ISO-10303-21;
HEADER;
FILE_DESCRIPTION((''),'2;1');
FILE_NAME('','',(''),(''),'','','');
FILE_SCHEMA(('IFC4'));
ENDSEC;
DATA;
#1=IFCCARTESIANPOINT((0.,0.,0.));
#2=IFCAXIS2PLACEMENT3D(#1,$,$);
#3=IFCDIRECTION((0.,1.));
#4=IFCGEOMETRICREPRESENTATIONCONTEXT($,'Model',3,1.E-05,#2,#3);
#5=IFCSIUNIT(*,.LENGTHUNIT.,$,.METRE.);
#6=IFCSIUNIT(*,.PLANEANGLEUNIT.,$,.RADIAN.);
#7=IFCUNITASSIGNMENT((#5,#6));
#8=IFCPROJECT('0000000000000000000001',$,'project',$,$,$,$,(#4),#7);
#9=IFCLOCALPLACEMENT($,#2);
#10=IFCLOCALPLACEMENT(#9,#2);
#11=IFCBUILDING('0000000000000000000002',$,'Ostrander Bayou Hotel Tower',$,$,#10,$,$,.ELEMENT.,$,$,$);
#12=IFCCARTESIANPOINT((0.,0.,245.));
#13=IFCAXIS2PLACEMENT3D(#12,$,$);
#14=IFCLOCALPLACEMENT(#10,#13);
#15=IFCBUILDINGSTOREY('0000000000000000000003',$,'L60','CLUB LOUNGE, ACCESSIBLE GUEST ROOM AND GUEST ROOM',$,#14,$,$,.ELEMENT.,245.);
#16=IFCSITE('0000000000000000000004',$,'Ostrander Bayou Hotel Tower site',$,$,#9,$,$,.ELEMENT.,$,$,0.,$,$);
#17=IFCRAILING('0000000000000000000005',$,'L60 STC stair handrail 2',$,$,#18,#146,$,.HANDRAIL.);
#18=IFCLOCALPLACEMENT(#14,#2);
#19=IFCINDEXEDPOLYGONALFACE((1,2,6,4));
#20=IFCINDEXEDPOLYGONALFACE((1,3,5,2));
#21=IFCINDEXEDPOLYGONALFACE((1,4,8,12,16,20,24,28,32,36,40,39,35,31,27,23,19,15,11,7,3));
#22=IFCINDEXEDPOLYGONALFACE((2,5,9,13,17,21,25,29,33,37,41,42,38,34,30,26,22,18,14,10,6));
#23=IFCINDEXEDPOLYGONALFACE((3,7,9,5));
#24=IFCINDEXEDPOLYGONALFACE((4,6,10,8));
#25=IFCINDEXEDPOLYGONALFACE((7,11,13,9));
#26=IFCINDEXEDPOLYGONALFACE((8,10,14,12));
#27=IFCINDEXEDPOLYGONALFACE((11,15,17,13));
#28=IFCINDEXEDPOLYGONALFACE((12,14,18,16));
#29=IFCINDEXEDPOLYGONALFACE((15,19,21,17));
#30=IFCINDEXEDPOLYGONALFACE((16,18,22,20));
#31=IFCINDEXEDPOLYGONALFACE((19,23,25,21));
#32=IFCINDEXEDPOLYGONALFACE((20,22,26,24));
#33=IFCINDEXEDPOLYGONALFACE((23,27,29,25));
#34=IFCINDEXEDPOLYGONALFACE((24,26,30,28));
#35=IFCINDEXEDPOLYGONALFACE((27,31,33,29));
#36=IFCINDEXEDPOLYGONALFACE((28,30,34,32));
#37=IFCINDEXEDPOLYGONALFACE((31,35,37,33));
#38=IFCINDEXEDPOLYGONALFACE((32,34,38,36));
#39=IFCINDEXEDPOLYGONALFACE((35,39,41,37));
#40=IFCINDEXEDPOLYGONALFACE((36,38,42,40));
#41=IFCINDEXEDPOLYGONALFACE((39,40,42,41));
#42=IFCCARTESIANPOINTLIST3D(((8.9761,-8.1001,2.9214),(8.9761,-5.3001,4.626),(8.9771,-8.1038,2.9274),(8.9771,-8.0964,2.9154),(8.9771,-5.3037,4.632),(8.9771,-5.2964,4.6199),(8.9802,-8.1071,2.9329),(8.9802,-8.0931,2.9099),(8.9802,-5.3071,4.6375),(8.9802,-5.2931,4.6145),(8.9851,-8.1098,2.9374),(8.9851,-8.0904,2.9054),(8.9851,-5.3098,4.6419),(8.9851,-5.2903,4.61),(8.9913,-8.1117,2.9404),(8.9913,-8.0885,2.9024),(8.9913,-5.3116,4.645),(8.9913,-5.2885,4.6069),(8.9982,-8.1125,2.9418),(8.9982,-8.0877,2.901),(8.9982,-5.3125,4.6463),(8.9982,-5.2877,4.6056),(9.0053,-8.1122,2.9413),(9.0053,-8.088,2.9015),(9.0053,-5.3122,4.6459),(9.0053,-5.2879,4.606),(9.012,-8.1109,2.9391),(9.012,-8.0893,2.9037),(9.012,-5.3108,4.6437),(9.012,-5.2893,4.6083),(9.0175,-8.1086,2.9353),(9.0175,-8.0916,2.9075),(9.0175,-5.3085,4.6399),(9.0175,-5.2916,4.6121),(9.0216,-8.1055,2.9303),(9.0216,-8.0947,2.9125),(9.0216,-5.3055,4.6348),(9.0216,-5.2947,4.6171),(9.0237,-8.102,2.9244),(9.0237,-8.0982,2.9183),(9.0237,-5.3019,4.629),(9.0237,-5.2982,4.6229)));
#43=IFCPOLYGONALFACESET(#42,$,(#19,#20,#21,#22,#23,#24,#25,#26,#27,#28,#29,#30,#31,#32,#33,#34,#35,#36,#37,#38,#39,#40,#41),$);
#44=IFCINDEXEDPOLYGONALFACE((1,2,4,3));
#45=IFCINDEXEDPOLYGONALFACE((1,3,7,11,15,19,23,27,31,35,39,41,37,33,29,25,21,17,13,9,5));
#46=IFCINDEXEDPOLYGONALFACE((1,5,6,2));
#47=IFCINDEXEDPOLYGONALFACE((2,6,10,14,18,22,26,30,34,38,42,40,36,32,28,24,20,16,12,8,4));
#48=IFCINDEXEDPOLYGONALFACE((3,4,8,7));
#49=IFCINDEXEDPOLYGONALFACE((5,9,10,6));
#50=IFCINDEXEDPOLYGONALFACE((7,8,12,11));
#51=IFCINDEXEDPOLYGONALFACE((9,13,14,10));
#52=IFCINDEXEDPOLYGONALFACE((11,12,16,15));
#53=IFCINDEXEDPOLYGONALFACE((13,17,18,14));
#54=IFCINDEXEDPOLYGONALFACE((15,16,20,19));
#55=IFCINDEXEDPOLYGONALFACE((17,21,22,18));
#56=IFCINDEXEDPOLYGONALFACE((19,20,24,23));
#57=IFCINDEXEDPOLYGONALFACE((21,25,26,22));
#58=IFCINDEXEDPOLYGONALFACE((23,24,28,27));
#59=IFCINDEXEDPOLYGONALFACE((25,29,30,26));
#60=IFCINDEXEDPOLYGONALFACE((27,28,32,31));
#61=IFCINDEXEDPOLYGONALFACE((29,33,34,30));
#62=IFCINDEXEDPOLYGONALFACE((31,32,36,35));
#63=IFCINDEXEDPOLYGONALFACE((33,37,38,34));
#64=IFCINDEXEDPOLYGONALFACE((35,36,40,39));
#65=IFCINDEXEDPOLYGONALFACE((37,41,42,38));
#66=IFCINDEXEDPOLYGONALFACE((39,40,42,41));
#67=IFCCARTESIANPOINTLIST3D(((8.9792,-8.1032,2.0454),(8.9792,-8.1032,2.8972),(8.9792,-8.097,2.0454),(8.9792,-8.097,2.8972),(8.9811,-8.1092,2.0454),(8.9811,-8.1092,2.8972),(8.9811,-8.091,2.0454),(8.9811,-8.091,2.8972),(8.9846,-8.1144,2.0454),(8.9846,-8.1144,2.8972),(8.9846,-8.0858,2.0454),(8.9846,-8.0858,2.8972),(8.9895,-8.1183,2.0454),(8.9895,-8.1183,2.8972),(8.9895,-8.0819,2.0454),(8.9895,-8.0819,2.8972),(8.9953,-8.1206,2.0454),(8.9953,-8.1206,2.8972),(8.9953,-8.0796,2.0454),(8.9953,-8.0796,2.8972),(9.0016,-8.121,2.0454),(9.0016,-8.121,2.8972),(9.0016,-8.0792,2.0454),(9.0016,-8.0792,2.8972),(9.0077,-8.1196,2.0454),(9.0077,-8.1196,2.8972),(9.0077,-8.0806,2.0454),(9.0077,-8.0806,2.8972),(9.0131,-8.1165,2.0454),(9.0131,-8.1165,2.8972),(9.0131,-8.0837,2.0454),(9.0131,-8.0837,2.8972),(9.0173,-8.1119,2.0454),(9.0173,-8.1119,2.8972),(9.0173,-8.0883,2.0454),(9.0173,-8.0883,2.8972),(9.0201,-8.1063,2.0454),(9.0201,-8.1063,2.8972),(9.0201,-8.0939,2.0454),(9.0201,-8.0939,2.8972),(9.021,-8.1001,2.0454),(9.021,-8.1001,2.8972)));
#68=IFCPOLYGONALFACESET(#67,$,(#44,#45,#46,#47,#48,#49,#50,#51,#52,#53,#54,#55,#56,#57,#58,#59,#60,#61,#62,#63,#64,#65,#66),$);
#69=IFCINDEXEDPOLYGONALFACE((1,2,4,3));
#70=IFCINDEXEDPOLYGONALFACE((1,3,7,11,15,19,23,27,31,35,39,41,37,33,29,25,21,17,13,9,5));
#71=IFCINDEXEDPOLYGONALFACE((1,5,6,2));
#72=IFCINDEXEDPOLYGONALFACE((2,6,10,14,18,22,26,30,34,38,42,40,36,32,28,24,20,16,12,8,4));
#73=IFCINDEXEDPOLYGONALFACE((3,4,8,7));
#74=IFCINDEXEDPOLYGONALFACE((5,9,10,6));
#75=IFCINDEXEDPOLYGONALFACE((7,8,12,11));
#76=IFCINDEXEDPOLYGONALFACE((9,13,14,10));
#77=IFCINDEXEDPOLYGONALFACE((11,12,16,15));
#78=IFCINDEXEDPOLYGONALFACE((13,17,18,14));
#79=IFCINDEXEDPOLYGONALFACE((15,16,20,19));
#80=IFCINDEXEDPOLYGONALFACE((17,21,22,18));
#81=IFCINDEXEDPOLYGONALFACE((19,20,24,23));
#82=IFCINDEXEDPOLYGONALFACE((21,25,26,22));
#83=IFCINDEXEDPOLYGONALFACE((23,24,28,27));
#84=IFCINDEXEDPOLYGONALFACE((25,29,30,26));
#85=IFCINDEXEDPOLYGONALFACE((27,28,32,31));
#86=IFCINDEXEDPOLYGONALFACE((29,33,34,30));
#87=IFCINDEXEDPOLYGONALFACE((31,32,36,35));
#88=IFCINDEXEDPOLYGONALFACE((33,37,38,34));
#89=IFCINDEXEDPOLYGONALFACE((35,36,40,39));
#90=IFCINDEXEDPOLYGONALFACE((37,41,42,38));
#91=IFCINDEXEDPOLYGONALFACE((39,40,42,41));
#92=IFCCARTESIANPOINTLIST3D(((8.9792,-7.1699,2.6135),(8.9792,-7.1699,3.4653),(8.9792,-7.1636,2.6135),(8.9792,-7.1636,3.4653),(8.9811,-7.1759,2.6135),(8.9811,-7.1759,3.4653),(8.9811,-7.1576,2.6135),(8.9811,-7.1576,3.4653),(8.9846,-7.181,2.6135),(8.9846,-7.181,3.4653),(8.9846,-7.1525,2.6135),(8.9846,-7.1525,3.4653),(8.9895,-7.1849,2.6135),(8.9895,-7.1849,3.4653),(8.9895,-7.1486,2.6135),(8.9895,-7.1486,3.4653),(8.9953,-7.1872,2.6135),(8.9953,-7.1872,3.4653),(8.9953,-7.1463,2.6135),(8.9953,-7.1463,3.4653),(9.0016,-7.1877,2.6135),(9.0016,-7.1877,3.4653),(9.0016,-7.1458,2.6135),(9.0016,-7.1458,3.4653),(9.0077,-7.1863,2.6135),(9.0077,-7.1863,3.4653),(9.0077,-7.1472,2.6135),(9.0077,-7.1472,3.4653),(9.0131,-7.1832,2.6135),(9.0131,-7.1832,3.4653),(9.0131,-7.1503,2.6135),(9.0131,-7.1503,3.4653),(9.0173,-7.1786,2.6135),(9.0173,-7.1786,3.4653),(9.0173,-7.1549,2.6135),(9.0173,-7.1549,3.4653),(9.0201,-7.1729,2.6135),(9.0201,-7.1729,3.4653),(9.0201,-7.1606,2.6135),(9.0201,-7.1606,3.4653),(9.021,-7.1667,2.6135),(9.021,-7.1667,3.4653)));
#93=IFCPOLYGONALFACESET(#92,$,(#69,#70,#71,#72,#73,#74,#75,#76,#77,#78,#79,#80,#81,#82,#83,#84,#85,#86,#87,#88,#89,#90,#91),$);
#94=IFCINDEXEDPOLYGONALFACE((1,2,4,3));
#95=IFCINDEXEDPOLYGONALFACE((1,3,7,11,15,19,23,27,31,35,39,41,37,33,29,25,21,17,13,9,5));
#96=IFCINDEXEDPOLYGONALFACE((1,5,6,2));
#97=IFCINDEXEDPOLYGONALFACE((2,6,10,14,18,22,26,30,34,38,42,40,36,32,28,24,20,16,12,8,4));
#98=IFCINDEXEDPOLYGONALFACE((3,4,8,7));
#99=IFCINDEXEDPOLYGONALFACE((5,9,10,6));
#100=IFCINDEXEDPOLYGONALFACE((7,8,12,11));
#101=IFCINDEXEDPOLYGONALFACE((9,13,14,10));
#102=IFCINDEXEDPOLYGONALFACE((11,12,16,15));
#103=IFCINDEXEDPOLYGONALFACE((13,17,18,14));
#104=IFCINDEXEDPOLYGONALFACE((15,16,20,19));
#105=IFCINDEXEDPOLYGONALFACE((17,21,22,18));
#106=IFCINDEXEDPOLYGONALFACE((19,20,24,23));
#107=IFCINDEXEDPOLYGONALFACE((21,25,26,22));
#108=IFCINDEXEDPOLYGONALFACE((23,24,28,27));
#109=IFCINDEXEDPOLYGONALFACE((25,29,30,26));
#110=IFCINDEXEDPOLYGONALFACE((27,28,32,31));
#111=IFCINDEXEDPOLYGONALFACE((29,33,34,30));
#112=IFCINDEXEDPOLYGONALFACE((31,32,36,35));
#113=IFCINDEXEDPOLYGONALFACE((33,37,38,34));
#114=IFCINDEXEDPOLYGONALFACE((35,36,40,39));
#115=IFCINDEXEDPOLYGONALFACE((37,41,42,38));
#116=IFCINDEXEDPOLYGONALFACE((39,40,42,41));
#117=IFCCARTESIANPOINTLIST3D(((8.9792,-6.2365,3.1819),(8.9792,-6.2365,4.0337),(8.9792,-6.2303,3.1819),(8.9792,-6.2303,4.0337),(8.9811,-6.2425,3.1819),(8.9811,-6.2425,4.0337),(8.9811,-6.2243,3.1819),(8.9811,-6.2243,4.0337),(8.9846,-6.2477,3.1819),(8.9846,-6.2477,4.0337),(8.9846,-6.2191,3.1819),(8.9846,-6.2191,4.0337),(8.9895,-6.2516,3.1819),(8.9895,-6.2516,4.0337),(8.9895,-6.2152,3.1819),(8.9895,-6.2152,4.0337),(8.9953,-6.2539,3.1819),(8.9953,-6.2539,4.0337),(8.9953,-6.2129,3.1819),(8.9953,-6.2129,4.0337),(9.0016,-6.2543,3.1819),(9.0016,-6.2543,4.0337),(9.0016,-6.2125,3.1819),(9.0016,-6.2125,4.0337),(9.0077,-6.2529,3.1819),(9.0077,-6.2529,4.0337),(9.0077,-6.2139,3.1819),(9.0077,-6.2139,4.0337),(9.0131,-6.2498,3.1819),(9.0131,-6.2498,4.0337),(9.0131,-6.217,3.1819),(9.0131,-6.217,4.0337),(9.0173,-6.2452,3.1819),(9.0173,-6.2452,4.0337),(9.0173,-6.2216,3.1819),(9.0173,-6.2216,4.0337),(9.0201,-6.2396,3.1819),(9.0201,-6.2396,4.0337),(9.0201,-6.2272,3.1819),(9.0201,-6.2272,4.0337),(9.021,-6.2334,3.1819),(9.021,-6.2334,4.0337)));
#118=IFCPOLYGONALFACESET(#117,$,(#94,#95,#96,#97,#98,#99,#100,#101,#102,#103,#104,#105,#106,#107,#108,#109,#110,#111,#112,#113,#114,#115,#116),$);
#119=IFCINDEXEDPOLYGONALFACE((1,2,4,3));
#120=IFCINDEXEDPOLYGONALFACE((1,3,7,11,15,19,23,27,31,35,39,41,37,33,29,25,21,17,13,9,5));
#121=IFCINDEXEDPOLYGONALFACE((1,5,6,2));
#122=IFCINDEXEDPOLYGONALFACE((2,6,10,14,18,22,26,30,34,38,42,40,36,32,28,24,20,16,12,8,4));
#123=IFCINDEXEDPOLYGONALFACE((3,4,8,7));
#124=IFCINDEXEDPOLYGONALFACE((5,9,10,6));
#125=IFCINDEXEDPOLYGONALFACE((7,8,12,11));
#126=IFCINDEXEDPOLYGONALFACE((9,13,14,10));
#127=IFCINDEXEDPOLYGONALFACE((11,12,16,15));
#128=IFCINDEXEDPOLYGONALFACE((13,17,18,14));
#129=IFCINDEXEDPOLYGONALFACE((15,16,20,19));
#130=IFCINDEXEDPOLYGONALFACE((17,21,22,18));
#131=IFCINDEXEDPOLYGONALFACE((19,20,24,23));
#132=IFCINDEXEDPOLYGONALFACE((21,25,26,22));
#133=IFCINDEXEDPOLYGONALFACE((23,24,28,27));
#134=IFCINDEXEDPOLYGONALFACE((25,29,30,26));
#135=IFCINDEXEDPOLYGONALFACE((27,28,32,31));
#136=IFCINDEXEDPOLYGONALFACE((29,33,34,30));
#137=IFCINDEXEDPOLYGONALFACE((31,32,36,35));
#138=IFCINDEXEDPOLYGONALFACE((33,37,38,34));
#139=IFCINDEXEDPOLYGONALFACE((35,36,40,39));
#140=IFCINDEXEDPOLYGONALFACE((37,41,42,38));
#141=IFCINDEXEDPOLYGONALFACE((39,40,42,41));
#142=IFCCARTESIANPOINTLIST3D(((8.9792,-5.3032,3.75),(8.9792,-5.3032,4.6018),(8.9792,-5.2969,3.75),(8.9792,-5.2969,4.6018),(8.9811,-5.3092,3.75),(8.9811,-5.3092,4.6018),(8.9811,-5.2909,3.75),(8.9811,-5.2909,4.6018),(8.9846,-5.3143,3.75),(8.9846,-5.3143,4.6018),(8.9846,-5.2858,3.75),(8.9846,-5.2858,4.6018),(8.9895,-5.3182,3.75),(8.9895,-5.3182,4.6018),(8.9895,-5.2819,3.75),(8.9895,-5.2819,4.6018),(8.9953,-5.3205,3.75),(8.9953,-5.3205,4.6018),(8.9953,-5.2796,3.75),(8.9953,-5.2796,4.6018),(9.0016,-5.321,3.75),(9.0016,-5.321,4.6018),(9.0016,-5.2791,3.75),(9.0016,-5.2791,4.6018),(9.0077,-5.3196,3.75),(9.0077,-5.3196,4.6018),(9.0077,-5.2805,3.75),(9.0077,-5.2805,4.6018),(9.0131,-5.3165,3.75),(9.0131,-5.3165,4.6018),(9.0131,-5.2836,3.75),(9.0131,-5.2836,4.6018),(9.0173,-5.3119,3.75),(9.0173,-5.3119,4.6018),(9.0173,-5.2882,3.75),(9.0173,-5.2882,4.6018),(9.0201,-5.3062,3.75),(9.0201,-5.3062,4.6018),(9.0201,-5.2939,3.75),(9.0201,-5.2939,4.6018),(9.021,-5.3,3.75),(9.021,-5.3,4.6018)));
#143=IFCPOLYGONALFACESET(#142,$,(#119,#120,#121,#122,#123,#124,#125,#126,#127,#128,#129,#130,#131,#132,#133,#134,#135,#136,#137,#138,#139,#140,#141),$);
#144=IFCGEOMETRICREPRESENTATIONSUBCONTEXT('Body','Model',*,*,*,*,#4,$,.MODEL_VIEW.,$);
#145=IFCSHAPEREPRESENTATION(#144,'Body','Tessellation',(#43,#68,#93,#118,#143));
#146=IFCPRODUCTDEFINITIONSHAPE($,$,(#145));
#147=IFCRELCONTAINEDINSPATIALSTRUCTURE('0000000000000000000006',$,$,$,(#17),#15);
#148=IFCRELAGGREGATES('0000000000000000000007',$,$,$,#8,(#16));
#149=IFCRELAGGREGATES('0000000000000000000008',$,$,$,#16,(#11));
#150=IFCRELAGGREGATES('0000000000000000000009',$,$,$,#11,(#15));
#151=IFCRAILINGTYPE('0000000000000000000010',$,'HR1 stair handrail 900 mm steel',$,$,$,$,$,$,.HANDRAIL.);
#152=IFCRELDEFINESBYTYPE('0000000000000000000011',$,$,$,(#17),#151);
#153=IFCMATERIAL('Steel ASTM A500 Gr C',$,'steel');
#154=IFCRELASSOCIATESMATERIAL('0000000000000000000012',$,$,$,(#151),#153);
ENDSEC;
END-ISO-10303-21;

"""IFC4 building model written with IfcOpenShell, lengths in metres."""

from ifc_helpers import new_model, si_unit, direction, frame, origin, origin_2d, place, context, subcontext, project, spatial, circle, extrude, material, type_object, element, save


model = new_model("IFC4")

# Units and contexts
model_context = context("Model", 3, precision=1e-05, world=origin(), true_north=direction((0.0, 1.0)))
body_context = subcontext(model_context, "Body", "Model", "MODEL_VIEW")
ifc_project = project(units=[si_unit("LENGTHUNIT", "METRE"), si_unit("PLANEANGLEUNIT", "RADIAN")], contexts=[model_context])

# Site, building, storey
site_placement = place(None, origin())
site = spatial("IfcSite", under=ifc_project, at=site_placement, Name="Ostrander Bayou Hotel Tower site", CompositionType="ELEMENT", RefElevation=0.0)
building_placement = place(site_placement, origin())
building = spatial("IfcBuilding", under=site, at=building_placement, Name="Ostrander Bayou Hotel Tower", CompositionType="ELEMENT")
storey_placement = place(building_placement, frame((0.0, 0.0, 245.0)))
storey = spatial("IfcBuildingStorey", under=building, at=storey_placement, Name="L60", Description="CLUB LOUNGE, ACCESSIBLE GUEST ROOM AND GUEST ROOM", CompositionType="ELEMENT", Elevation=245.0)

# Railing
ifc_material_1 = material(Name="Steel ASTM A500 Gr C", Category="steel")
railing_type_1 = type_object("IfcRailingType", Name="HR1 stair handrail 900 mm steel", PredefinedType="HANDRAIL", material=ifc_material_1)
railing_1_placement = place(storey_placement, frame((9.0, -8.1001, 2.0454)))
element("IfcRailing", 1, at=railing_1_placement, inside=storey, type_object=railing_type_1, Name="L60 STC stair handrail 2", PredefinedType="HANDRAIL", context=body_context, shape_type="SweptSolid", body=[
    extrude(circle(Radius=0.0239, at=origin_2d()), frame((0.0, 0.0, 0.876), z_axis=(0.0, 0.85417, 0.519994), x_axis=(-1.0, 0.0, 0.0)), (0.0, 0.0, 1.0), 3.2781),
    extrude(circle(Radius=0.021, at=origin_2d()), origin(), (0.0, 0.0, 1.0), 0.8518),
    extrude(circle(Radius=0.021, at=origin_2d()), frame((0.0, 0.9333, 0.5681)), (0.0, 0.0, 1.0), 0.8518),
    extrude(circle(Radius=0.021, at=origin_2d()), frame((0.0, 1.8667, 1.1365)), (0.0, 0.0, 1.0), 0.8518),
    extrude(circle(Radius=0.021, at=origin_2d()), frame((0.0, 2.8, 1.7046)), (0.0, 0.0, 1.0), 0.8518),
])

save(model, "model.ifc")
